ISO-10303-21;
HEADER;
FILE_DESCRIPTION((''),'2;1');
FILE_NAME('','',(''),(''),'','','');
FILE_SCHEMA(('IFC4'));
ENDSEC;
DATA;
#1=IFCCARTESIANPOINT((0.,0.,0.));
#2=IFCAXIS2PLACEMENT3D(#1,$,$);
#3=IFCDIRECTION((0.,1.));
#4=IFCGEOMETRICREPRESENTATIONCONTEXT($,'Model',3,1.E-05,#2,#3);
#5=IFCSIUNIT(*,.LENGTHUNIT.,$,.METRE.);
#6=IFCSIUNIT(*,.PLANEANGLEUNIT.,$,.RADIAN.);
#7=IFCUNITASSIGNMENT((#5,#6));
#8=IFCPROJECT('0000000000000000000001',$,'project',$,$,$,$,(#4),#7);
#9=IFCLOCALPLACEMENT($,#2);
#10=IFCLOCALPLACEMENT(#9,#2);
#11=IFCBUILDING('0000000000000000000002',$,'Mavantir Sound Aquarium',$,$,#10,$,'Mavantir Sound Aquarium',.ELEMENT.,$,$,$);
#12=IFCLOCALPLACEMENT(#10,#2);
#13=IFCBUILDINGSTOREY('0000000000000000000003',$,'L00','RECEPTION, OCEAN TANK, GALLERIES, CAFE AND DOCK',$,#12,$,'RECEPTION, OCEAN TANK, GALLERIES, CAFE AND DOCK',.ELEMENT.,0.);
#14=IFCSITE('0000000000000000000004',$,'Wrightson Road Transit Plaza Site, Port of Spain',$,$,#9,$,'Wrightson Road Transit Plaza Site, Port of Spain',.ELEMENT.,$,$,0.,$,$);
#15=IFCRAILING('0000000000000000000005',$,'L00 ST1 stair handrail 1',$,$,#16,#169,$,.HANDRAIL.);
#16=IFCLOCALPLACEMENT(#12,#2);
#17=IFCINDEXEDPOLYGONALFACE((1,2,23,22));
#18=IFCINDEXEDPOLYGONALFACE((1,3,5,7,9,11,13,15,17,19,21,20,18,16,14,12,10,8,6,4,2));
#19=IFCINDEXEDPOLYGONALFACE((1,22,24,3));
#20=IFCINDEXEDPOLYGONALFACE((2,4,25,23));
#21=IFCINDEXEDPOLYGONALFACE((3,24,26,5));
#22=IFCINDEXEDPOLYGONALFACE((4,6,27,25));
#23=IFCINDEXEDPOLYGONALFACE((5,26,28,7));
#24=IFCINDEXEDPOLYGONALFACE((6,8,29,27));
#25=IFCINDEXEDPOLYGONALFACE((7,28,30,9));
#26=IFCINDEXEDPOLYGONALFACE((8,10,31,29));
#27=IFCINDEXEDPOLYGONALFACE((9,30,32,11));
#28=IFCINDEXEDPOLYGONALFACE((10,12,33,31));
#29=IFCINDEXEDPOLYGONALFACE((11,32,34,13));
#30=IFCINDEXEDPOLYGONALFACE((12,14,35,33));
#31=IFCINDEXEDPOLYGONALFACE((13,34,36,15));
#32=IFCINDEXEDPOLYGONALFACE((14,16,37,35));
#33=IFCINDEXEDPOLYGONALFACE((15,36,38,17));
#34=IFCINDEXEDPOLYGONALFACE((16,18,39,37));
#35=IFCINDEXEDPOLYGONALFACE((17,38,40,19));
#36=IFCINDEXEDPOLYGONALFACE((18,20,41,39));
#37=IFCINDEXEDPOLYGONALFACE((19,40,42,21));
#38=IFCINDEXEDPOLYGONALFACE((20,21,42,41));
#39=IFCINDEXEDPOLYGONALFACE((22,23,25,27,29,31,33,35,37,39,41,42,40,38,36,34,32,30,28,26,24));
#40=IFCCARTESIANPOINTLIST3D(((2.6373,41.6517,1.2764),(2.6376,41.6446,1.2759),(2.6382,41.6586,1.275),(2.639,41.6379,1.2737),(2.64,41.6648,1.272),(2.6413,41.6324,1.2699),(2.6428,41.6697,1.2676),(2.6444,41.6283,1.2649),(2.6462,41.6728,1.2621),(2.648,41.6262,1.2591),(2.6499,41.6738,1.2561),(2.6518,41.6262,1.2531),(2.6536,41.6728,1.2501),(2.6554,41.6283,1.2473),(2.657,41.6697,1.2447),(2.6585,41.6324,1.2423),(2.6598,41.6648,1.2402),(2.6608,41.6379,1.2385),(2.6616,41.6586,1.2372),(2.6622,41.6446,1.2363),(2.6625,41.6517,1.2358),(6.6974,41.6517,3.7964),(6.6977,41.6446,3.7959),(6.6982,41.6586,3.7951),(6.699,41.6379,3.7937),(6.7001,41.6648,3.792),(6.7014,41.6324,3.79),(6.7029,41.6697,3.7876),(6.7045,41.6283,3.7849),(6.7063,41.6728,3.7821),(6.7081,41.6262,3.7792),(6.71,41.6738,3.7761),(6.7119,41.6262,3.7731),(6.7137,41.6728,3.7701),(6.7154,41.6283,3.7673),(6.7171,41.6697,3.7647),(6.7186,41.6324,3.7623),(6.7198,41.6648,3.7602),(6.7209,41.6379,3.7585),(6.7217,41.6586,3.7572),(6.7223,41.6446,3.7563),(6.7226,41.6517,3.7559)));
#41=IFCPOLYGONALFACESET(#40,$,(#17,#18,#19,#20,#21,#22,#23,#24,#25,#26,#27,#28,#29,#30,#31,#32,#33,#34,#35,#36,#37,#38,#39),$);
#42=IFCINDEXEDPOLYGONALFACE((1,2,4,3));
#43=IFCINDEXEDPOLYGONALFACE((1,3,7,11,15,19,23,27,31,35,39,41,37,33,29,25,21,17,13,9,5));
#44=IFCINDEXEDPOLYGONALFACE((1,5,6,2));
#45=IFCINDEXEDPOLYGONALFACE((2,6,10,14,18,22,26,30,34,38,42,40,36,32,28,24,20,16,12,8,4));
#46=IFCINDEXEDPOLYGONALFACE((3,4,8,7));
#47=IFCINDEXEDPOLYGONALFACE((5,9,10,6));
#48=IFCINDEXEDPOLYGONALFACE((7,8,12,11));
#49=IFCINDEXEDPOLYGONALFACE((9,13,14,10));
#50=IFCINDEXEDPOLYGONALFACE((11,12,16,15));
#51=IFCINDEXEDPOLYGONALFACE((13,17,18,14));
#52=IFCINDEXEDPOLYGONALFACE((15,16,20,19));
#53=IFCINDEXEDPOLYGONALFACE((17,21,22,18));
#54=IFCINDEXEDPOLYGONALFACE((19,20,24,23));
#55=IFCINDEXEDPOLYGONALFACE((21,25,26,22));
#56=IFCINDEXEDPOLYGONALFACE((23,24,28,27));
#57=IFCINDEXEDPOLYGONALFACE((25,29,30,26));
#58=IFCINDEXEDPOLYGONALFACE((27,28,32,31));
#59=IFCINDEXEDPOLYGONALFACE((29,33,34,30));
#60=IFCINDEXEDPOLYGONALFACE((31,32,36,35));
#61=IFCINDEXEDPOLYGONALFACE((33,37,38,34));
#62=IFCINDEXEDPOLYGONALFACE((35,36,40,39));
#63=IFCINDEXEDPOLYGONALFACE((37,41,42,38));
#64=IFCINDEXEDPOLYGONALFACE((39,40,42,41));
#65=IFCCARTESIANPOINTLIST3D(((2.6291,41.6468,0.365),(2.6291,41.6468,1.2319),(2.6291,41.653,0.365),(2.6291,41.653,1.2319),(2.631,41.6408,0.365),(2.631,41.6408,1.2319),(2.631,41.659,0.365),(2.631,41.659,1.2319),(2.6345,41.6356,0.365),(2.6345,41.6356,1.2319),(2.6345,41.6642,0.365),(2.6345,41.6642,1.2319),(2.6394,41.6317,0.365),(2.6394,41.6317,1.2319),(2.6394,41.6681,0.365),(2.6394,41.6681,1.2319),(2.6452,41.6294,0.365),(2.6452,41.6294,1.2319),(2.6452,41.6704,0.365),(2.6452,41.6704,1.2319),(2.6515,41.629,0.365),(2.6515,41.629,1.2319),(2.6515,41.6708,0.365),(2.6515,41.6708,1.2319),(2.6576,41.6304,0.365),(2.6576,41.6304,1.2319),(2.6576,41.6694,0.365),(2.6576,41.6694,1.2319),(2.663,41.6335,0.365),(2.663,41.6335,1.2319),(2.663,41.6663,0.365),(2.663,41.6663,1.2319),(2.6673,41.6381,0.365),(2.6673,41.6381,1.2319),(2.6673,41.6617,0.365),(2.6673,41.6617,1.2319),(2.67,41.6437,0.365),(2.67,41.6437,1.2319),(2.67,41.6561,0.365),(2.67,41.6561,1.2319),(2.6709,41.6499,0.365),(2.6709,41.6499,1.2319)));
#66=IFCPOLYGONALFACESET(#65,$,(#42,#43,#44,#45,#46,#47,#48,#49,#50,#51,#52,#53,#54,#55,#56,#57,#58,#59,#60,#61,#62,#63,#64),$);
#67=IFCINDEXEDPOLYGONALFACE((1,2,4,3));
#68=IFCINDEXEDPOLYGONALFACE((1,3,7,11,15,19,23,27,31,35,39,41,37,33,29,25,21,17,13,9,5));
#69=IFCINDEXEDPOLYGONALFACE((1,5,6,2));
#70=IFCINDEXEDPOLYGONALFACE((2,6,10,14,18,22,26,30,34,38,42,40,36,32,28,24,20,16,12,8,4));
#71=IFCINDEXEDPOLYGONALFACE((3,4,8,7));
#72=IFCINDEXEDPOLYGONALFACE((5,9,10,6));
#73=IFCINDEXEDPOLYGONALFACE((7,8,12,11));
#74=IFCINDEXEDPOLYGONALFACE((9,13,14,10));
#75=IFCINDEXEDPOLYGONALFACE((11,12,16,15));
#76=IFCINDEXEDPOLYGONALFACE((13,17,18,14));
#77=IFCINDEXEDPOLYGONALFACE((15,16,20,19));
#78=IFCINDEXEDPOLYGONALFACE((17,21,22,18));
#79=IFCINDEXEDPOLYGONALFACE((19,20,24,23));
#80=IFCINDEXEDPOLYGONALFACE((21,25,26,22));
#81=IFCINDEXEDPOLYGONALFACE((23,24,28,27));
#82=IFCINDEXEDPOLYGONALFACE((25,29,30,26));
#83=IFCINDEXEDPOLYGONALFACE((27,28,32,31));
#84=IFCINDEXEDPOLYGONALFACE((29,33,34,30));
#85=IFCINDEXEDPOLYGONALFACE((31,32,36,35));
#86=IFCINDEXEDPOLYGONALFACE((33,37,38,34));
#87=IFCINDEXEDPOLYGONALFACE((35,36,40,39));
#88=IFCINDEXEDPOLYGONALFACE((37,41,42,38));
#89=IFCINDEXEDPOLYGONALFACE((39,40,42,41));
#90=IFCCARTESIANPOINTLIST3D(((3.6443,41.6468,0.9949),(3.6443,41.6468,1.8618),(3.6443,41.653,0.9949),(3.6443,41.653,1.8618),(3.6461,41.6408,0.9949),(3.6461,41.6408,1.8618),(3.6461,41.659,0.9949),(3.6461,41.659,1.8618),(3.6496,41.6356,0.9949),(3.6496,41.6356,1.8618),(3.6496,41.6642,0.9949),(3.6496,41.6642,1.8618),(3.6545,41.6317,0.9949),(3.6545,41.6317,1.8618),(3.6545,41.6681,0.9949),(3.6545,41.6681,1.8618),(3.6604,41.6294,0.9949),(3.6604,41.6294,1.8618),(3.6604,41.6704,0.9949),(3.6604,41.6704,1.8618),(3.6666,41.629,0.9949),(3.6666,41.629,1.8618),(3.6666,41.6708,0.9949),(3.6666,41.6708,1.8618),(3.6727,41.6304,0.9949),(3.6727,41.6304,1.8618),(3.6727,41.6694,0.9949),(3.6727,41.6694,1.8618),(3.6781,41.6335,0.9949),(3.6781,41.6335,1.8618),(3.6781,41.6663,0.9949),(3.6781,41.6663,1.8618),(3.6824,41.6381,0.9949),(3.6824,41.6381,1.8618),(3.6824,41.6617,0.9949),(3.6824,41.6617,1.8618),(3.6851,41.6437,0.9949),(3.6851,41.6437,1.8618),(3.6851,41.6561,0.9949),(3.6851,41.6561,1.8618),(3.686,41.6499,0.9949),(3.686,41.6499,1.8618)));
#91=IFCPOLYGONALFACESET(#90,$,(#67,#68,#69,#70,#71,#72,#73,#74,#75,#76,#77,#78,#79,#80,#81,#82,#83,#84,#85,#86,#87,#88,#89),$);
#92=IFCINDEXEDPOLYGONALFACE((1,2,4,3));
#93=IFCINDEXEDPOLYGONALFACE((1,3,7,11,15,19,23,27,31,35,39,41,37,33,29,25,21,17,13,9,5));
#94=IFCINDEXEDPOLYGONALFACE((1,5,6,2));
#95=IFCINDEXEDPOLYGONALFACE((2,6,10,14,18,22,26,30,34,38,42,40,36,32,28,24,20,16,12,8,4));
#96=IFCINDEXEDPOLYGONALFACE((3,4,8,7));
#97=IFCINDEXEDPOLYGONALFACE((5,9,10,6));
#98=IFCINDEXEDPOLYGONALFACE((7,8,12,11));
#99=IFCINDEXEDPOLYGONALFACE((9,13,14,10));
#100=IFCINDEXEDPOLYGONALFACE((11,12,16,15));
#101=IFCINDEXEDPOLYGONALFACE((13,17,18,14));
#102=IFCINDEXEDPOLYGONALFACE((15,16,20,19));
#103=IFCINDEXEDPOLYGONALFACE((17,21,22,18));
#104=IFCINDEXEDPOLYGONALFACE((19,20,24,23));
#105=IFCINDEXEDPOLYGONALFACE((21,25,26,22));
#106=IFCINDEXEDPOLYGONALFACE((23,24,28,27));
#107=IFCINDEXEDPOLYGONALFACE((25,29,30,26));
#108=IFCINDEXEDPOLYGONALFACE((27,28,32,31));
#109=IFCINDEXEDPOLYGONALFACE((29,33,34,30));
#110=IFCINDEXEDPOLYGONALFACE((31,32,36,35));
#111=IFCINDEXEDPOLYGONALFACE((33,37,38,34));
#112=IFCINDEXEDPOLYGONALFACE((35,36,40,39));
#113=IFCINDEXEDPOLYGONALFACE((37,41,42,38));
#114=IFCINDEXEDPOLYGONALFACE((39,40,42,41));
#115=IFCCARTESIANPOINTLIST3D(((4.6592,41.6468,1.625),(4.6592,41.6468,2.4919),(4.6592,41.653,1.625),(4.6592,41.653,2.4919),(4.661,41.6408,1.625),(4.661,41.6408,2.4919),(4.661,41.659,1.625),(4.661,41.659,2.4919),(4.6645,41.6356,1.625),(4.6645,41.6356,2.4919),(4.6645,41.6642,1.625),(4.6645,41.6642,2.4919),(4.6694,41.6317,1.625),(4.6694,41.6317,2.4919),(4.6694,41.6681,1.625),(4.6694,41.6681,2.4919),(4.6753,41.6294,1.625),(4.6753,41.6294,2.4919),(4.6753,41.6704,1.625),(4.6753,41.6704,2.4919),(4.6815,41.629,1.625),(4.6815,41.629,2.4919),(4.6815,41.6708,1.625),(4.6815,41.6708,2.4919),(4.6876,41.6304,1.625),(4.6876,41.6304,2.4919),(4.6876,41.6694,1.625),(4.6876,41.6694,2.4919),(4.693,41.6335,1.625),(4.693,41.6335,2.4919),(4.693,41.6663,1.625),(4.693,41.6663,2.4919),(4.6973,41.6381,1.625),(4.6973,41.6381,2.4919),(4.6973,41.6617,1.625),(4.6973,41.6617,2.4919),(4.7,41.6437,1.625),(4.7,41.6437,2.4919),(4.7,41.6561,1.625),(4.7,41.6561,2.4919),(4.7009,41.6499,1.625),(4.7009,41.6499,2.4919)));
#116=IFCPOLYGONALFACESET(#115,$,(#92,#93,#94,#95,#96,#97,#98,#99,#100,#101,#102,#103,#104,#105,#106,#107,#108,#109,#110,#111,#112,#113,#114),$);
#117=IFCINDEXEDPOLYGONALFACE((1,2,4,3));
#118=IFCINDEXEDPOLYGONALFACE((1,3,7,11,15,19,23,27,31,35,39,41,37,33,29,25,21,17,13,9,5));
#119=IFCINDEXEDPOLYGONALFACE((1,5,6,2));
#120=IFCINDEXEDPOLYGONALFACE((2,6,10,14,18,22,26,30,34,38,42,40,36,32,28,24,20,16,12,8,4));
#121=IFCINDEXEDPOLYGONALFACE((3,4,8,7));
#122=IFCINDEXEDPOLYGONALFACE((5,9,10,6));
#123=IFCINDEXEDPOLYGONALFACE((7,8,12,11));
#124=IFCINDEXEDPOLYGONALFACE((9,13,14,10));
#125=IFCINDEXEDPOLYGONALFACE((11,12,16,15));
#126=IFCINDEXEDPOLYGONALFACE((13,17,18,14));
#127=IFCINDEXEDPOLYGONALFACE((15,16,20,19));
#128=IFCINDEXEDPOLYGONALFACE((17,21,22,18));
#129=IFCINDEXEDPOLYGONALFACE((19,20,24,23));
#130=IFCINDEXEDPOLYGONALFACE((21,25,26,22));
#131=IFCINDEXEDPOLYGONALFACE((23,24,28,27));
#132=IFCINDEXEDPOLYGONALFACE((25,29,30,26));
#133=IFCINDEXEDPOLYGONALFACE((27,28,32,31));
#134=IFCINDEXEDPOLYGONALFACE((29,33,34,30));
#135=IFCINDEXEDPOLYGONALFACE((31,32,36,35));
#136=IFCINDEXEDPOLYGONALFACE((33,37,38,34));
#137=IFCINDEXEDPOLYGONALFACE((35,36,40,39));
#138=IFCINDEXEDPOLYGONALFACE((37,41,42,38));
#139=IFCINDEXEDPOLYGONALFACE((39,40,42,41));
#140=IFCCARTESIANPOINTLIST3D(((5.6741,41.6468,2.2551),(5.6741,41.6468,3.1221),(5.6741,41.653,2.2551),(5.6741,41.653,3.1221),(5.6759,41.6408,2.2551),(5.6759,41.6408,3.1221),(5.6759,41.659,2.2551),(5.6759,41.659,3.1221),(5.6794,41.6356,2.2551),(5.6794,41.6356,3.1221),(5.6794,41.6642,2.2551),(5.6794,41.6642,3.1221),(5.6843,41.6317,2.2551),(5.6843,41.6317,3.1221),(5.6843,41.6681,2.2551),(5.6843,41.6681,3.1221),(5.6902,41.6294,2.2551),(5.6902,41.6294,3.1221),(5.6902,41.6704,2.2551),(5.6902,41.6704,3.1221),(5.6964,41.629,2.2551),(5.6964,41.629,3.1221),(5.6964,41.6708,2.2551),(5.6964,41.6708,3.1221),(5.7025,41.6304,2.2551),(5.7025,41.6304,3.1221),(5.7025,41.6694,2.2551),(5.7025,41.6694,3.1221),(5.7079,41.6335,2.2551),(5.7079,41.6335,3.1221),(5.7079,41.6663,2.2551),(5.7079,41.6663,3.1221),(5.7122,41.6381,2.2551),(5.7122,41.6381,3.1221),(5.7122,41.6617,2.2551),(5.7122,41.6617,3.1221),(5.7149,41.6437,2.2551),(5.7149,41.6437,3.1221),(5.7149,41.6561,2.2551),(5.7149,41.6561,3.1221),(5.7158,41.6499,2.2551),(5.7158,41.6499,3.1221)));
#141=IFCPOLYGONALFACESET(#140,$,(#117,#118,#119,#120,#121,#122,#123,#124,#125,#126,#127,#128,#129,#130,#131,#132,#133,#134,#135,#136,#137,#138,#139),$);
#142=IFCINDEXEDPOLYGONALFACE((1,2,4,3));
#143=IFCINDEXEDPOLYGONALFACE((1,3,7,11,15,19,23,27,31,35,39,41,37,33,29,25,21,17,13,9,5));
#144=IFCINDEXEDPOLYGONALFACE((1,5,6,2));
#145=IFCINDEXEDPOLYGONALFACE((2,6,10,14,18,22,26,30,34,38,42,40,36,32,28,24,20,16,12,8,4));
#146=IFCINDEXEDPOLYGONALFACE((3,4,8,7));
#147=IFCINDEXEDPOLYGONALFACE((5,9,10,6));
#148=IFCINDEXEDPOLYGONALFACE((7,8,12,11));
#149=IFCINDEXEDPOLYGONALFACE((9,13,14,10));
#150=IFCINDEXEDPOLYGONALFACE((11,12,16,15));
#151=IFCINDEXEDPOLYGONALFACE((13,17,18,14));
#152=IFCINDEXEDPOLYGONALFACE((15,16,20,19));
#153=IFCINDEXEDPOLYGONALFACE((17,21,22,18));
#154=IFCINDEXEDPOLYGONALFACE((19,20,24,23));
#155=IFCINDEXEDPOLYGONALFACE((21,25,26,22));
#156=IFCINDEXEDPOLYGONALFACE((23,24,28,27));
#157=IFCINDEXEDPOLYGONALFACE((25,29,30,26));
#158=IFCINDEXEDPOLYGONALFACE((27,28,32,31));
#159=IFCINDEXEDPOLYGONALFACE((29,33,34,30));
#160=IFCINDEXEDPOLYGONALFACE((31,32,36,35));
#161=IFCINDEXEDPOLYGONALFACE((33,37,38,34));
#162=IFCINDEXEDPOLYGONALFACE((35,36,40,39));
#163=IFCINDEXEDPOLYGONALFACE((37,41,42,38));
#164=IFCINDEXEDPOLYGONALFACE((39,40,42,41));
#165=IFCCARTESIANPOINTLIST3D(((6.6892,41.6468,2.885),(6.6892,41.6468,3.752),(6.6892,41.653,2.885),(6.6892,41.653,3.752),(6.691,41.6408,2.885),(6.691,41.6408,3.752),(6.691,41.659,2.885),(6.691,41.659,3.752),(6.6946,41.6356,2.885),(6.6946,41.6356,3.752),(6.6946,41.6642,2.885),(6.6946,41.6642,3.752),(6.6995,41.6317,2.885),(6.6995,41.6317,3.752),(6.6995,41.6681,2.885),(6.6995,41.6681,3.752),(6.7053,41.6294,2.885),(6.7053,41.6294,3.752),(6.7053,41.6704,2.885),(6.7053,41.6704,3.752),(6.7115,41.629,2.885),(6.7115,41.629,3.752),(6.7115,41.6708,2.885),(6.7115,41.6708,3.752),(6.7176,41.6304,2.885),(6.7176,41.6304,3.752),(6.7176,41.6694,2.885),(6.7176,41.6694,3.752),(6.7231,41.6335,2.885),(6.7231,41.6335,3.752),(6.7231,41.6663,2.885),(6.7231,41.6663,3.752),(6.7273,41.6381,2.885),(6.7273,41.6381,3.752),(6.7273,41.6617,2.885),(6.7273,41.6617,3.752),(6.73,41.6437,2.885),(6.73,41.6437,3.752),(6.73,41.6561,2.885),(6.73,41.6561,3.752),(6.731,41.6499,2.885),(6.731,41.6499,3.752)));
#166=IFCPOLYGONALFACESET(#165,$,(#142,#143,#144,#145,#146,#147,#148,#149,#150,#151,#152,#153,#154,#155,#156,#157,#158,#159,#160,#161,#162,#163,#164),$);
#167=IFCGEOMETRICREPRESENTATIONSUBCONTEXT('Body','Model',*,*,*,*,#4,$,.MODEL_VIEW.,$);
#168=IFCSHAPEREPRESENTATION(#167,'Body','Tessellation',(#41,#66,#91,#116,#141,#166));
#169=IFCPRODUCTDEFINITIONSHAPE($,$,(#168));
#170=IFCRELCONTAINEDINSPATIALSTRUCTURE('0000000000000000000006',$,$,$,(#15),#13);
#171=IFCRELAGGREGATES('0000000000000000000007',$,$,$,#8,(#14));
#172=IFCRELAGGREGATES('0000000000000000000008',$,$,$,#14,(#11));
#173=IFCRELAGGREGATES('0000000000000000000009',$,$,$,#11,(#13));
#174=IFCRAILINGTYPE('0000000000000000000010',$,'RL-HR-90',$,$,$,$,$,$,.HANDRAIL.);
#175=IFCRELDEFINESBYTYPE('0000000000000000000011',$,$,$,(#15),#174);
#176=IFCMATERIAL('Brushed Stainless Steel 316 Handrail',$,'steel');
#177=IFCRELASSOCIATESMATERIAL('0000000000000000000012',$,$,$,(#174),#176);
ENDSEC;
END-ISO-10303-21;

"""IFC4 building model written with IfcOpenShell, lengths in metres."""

from ifc_helpers import new_model, si_unit, direction, frame, origin, origin_2d, place, context, subcontext, project, spatial, circle, extrude, material, type_object, element, save


model = new_model("IFC4")

# Units and contexts
model_context = context("Model", 3, precision=1e-05, world=origin(), true_north=direction((0.0, 1.0)))
body_context = subcontext(model_context, "Body", "Model", "MODEL_VIEW")
ifc_project = project(units=[si_unit("LENGTHUNIT", "METRE"), si_unit("PLANEANGLEUNIT", "RADIAN")], contexts=[model_context])

# Site, building, storey
site_placement = place(None, origin())
site = spatial("IfcSite", under=ifc_project, at=site_placement, Name="Wrightson Road Transit Plaza Site, Port of Spain", LongName="Wrightson Road Transit Plaza Site, Port of Spain", CompositionType="ELEMENT", RefElevation=0.0)
building_placement = place(site_placement, origin())
building = spatial("IfcBuilding", under=site, at=building_placement, Name="Mavantir Sound Aquarium", LongName="Mavantir Sound Aquarium", CompositionType="ELEMENT")
storey_placement = place(building_placement, origin())
storey = spatial("IfcBuildingStorey", under=building, at=storey_placement, Name="L00", Description="RECEPTION, OCEAN TANK, GALLERIES, CAFE AND DOCK", LongName="RECEPTION, OCEAN TANK, GALLERIES, CAFE AND DOCK", CompositionType="ELEMENT", Elevation=0.0)

# Railing
ifc_material_1 = material(Name="Brushed Stainless Steel 316 Handrail", Category="steel")
railing_type_1 = type_object("IfcRailingType", Name="RL-HR-90", PredefinedType="HANDRAIL", material=ifc_material_1)
railing_1_placement = place(storey_placement, frame((2.6499, 41.6499, 0.365)))
element("IfcRailing", 1, at=railing_1_placement, inside=storey, type_object=railing_type_1, Name="L00 ST1 stair handrail 1", PredefinedType="HANDRAIL", context=body_context, shape_type="SweptSolid", body=[
    extrude(circle(Radius=0.0239, at=origin_2d()), frame((0.0, 0.0, 0.8911), z_axis=(0.849642, 0.0, 0.52736), x_axis=(0.0, 1.0, 0.0)), (0.0, 0.0, 1.0), 4.7786),
    extrude(circle(Radius=0.021, at=origin_2d()), origin(), (0.0, 0.0, 1.0), 0.8669),
    extrude(circle(Radius=0.021, at=origin_2d()), frame((1.0151, 0.0, 0.6299)), (0.0, 0.0, 1.0), 0.8669),
    extrude(circle(Radius=0.021, at=origin_2d()), frame((2.03, 0.0, 1.26)), (0.0, 0.0, 1.0), 0.8669),
    extrude(circle(Radius=0.021, at=origin_2d()), frame((3.0449, 0.0, 1.8901)), (0.0, 0.0, 1.0), 0.8669),
    extrude(circle(Radius=0.021, at=origin_2d()), frame((4.0601, 0.0, 2.52)), (0.0, 0.0, 1.0), 0.8669),
])

save(model, "model.ifc")
